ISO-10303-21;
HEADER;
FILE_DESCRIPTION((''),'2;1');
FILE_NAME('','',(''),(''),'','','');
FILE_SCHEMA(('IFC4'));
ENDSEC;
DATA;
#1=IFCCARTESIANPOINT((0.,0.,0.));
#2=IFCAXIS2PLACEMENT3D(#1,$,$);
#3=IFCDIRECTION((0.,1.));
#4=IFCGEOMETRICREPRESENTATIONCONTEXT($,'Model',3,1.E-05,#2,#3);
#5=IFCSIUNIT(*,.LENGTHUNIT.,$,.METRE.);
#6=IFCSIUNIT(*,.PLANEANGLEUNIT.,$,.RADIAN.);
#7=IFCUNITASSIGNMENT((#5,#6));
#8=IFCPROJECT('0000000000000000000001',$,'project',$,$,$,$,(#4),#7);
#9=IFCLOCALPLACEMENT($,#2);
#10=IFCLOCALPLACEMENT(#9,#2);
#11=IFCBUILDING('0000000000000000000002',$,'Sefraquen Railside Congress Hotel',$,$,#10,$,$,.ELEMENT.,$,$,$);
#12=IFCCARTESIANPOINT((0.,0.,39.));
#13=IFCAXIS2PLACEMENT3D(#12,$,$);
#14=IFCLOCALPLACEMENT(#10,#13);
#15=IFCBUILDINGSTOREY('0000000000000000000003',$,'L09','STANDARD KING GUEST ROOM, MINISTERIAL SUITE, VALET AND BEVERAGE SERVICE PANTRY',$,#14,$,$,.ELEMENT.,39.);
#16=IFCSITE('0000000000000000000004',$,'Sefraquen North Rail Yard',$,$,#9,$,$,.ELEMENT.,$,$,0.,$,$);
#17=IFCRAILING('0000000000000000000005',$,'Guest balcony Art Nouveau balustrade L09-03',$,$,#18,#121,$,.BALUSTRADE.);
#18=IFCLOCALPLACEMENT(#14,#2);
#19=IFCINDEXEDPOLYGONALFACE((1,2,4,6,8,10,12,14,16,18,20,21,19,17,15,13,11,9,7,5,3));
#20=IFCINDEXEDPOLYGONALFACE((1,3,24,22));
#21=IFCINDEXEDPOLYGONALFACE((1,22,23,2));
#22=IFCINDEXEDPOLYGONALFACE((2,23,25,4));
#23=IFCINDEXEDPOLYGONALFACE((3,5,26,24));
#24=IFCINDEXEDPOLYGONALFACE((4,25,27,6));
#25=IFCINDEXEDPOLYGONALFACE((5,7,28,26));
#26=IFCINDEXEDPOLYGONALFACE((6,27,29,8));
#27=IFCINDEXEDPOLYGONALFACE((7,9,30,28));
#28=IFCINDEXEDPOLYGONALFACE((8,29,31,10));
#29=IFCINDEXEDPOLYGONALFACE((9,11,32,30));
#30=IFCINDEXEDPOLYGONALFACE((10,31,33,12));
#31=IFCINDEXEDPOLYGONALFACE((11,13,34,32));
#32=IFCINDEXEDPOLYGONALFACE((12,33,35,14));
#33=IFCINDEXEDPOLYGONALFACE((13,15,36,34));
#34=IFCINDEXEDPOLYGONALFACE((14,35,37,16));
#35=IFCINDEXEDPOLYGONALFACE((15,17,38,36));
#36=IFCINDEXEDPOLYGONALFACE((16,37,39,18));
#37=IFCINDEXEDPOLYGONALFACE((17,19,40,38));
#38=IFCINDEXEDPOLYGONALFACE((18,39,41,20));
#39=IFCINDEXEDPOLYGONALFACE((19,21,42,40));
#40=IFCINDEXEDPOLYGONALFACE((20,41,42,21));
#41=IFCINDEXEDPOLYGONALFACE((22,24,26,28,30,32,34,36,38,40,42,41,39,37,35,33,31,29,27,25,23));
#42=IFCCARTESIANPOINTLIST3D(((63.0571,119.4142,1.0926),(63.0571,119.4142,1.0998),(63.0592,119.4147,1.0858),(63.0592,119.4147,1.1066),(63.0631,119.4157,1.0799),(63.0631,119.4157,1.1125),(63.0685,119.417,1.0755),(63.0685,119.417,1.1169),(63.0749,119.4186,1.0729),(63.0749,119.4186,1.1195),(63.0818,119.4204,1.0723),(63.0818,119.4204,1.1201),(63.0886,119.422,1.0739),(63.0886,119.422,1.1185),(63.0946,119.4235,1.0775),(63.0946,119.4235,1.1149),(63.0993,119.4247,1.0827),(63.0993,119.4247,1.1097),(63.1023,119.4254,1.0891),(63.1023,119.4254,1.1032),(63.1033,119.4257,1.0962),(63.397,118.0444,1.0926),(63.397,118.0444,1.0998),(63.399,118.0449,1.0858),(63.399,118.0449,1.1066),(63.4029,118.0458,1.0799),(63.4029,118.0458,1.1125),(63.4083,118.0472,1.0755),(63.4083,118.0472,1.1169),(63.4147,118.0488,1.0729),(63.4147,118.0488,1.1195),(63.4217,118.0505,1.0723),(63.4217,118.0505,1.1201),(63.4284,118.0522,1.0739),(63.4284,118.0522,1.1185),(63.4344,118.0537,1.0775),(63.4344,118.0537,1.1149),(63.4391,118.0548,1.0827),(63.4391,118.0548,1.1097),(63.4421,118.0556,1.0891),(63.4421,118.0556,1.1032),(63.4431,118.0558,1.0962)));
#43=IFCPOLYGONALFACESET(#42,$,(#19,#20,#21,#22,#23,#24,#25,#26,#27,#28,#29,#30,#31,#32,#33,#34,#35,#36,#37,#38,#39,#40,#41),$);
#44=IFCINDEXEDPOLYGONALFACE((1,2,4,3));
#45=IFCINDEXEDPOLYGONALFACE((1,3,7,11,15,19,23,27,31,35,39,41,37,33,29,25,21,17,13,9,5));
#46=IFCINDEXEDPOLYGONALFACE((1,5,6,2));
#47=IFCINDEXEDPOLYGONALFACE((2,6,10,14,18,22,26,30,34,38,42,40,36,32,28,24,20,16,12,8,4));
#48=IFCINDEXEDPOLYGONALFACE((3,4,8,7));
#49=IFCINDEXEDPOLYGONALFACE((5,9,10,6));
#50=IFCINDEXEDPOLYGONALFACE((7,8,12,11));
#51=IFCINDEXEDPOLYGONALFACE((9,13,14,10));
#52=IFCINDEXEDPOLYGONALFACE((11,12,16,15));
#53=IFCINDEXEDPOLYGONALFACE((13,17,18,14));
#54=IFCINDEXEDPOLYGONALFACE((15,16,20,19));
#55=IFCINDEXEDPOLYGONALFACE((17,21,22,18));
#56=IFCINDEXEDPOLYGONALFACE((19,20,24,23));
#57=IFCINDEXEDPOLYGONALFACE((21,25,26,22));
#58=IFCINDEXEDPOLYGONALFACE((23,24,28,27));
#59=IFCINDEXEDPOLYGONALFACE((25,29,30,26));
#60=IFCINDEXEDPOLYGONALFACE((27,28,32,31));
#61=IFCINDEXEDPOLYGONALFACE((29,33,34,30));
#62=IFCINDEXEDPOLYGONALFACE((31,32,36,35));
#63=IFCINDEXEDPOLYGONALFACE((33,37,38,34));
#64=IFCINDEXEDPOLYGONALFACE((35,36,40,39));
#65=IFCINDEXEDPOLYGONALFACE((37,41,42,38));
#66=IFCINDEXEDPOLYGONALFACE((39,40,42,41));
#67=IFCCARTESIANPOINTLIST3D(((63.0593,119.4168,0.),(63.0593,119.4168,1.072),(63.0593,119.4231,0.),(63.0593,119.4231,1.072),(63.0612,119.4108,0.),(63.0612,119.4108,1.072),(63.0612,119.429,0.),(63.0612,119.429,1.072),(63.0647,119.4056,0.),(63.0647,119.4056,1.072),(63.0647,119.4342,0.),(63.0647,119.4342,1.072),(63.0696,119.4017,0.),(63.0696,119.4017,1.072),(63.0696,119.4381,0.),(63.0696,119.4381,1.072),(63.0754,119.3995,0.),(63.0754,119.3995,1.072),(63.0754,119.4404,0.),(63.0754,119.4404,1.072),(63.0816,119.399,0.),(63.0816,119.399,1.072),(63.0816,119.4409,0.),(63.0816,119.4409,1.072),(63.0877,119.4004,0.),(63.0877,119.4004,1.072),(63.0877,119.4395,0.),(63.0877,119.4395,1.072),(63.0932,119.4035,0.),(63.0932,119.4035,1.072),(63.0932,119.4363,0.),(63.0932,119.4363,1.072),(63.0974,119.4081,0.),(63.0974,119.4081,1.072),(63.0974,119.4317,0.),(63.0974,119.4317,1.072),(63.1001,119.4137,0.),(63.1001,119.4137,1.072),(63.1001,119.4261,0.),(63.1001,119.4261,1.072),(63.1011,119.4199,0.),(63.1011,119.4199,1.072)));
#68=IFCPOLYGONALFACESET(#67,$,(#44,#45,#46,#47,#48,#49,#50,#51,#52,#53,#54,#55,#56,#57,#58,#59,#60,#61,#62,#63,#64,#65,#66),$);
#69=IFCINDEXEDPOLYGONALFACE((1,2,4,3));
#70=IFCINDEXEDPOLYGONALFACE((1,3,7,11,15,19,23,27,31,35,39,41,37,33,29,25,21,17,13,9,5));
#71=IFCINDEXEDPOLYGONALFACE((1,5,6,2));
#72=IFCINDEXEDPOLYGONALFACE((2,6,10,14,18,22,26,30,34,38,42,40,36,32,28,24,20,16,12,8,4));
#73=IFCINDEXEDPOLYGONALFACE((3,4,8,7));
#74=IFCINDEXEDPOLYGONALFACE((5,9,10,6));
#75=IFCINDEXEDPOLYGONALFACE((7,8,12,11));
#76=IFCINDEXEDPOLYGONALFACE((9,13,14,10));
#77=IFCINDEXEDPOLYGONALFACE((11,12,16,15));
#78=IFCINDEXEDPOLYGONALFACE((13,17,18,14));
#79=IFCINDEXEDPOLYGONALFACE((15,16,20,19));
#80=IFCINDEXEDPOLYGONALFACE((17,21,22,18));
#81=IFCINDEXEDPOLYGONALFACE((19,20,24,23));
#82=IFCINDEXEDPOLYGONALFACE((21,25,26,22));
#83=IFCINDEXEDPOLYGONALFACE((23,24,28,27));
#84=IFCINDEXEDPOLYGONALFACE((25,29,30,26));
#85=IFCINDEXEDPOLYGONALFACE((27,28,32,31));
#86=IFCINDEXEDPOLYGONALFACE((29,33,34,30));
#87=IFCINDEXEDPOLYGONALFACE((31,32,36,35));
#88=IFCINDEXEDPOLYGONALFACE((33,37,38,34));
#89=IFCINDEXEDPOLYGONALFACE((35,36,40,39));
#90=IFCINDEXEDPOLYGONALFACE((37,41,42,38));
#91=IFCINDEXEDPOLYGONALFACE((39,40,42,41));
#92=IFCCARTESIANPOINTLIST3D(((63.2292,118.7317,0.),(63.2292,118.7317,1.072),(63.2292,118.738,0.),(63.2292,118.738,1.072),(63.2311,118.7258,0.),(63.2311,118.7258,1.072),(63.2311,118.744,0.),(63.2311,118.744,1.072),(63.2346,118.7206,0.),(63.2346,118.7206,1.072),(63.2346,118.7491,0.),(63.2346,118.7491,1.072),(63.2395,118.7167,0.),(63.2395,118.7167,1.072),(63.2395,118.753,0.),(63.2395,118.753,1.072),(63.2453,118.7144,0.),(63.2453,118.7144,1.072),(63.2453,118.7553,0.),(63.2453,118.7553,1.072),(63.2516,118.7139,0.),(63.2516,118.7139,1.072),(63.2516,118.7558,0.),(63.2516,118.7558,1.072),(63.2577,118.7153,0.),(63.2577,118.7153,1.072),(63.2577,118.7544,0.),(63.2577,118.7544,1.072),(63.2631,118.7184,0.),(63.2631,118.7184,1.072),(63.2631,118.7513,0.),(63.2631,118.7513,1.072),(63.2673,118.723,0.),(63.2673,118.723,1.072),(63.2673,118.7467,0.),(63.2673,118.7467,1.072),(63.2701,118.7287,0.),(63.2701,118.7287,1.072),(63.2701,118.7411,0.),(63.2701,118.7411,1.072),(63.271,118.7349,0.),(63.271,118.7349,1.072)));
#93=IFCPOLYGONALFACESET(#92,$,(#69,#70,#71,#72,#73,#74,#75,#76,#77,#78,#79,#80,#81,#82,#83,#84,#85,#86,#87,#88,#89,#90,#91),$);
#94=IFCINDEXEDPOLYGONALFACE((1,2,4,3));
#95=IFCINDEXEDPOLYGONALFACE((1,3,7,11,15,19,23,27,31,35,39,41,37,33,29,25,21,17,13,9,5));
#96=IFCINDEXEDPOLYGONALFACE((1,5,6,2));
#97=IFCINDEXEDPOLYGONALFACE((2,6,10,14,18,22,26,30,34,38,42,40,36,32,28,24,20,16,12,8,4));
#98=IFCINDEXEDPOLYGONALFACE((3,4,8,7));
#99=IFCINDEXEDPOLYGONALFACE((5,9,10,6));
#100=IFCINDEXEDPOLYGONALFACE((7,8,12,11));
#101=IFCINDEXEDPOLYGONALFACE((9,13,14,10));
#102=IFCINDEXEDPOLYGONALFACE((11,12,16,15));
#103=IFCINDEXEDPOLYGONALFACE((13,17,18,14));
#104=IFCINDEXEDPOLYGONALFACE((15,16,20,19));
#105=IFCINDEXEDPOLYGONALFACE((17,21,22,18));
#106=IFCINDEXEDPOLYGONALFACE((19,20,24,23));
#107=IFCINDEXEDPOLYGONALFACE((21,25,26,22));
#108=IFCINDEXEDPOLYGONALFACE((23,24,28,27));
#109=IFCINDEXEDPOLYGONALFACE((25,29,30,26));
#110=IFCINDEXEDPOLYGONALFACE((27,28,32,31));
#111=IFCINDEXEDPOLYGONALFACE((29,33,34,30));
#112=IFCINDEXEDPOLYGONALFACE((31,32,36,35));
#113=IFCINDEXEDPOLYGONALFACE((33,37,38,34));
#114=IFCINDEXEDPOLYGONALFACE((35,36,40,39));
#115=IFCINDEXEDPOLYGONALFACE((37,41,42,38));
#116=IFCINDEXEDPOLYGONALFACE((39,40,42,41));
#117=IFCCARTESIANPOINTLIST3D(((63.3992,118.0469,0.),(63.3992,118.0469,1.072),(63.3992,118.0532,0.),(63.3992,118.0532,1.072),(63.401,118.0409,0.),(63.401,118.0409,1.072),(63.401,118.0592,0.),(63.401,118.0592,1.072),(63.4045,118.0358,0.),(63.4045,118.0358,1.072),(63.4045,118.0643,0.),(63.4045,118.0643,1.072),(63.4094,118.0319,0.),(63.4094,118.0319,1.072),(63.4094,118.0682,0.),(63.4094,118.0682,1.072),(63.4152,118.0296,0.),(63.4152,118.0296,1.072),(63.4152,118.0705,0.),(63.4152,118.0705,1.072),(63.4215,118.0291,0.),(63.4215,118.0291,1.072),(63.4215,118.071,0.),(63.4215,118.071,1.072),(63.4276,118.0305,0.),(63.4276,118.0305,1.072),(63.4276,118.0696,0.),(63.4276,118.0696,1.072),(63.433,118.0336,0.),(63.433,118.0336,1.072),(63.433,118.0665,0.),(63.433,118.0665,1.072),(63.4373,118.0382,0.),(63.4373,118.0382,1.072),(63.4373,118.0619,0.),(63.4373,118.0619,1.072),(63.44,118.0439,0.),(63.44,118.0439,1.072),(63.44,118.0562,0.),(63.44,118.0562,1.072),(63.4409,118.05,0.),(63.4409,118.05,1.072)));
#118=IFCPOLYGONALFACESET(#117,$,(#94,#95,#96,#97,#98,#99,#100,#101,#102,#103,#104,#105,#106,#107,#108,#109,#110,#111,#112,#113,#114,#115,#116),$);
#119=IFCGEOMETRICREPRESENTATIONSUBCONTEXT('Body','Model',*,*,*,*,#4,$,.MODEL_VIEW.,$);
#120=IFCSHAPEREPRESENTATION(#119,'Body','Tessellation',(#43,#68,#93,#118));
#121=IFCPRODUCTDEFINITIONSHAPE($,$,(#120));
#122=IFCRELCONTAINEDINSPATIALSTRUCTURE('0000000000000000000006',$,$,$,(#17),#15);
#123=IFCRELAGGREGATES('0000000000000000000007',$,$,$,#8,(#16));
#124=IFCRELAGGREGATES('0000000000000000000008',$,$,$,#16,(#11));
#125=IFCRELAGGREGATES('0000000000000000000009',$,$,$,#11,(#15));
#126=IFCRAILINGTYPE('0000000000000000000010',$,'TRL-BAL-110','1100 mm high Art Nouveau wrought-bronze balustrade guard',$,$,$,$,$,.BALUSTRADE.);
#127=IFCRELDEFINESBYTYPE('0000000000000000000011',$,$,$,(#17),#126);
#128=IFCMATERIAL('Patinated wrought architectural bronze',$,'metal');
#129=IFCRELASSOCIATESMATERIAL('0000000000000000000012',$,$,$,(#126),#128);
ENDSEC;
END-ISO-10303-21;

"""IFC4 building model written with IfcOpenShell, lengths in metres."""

from ifc_helpers import new_model, si_unit, direction, frame, origin, origin_2d, place, context, subcontext, project, spatial, circle, extrude, material, type_object, element, save


model = new_model("IFC4")

# Units and contexts
model_context = context("Model", 3, precision=1e-05, world=origin(), true_north=direction((0.0, 1.0)))
body_context = subcontext(model_context, "Body", "Model", "MODEL_VIEW")
ifc_project = project(units=[si_unit("LENGTHUNIT", "METRE"), si_unit("PLANEANGLEUNIT", "RADIAN")], contexts=[model_context])

# Site, building, storey
site_placement = place(None, origin())
site = spatial("IfcSite", under=ifc_project, at=site_placement, Name="Sefraquen North Rail Yard", CompositionType="ELEMENT", RefElevation=0.0)
building_placement = place(site_placement, origin())
building = spatial("IfcBuilding", under=site, at=building_placement, Name="Sefraquen Railside Congress Hotel", CompositionType="ELEMENT")
storey_placement = place(building_placement, frame((0.0, 0.0, 39.0)))
storey = spatial("IfcBuildingStorey", under=building, at=storey_placement, Name="L09", Description="STANDARD KING GUEST ROOM, MINISTERIAL SUITE, VALET AND BEVERAGE SERVICE PANTRY", CompositionType="ELEMENT", Elevation=39.0)

# Railing
ifc_material_1 = material(Name="Patinated wrought architectural bronze", Category="metal")
railing_type = type_object("IfcRailingType", Name="TRL-BAL-110", Description="1100 mm high Art Nouveau wrought-bronze balustrade guard", PredefinedType="BALUSTRADE", material=ifc_material_1)
railing_1_placement = place(storey_placement, frame((63.0801, 119.4199, 0.0)))
element("IfcRailing", 1, at=railing_1_placement, inside=storey, type_object=railing_type, Name="Guest balcony Art Nouveau balustrade L09-03", PredefinedType="BALUSTRADE", context=body_context, shape_type="SweptSolid", body=[
    extrude(circle(Radius=0.0239, at=origin_2d()), frame((0.0, 0.0, 1.0962), z_axis=(0.240785, -0.970578, 0.0), x_axis=(0.970578, 0.240785, 0.0)), (0.0, 0.0, 1.0), 1.4114),
    extrude(circle(Radius=0.021, at=origin_2d()), origin(), (0.0, 0.0, 1.0), 1.072),
    extrude(circle(Radius=0.021, at=origin_2d()), frame((0.1699, -0.6851, 0.0)), (0.0, 0.0, 1.0), 1.072),
    extrude(circle(Radius=0.021, at=origin_2d()), frame((0.3398, -1.3699, 0.0)), (0.0, 0.0, 1.0), 1.072),
])

save(model, "model.ifc")
